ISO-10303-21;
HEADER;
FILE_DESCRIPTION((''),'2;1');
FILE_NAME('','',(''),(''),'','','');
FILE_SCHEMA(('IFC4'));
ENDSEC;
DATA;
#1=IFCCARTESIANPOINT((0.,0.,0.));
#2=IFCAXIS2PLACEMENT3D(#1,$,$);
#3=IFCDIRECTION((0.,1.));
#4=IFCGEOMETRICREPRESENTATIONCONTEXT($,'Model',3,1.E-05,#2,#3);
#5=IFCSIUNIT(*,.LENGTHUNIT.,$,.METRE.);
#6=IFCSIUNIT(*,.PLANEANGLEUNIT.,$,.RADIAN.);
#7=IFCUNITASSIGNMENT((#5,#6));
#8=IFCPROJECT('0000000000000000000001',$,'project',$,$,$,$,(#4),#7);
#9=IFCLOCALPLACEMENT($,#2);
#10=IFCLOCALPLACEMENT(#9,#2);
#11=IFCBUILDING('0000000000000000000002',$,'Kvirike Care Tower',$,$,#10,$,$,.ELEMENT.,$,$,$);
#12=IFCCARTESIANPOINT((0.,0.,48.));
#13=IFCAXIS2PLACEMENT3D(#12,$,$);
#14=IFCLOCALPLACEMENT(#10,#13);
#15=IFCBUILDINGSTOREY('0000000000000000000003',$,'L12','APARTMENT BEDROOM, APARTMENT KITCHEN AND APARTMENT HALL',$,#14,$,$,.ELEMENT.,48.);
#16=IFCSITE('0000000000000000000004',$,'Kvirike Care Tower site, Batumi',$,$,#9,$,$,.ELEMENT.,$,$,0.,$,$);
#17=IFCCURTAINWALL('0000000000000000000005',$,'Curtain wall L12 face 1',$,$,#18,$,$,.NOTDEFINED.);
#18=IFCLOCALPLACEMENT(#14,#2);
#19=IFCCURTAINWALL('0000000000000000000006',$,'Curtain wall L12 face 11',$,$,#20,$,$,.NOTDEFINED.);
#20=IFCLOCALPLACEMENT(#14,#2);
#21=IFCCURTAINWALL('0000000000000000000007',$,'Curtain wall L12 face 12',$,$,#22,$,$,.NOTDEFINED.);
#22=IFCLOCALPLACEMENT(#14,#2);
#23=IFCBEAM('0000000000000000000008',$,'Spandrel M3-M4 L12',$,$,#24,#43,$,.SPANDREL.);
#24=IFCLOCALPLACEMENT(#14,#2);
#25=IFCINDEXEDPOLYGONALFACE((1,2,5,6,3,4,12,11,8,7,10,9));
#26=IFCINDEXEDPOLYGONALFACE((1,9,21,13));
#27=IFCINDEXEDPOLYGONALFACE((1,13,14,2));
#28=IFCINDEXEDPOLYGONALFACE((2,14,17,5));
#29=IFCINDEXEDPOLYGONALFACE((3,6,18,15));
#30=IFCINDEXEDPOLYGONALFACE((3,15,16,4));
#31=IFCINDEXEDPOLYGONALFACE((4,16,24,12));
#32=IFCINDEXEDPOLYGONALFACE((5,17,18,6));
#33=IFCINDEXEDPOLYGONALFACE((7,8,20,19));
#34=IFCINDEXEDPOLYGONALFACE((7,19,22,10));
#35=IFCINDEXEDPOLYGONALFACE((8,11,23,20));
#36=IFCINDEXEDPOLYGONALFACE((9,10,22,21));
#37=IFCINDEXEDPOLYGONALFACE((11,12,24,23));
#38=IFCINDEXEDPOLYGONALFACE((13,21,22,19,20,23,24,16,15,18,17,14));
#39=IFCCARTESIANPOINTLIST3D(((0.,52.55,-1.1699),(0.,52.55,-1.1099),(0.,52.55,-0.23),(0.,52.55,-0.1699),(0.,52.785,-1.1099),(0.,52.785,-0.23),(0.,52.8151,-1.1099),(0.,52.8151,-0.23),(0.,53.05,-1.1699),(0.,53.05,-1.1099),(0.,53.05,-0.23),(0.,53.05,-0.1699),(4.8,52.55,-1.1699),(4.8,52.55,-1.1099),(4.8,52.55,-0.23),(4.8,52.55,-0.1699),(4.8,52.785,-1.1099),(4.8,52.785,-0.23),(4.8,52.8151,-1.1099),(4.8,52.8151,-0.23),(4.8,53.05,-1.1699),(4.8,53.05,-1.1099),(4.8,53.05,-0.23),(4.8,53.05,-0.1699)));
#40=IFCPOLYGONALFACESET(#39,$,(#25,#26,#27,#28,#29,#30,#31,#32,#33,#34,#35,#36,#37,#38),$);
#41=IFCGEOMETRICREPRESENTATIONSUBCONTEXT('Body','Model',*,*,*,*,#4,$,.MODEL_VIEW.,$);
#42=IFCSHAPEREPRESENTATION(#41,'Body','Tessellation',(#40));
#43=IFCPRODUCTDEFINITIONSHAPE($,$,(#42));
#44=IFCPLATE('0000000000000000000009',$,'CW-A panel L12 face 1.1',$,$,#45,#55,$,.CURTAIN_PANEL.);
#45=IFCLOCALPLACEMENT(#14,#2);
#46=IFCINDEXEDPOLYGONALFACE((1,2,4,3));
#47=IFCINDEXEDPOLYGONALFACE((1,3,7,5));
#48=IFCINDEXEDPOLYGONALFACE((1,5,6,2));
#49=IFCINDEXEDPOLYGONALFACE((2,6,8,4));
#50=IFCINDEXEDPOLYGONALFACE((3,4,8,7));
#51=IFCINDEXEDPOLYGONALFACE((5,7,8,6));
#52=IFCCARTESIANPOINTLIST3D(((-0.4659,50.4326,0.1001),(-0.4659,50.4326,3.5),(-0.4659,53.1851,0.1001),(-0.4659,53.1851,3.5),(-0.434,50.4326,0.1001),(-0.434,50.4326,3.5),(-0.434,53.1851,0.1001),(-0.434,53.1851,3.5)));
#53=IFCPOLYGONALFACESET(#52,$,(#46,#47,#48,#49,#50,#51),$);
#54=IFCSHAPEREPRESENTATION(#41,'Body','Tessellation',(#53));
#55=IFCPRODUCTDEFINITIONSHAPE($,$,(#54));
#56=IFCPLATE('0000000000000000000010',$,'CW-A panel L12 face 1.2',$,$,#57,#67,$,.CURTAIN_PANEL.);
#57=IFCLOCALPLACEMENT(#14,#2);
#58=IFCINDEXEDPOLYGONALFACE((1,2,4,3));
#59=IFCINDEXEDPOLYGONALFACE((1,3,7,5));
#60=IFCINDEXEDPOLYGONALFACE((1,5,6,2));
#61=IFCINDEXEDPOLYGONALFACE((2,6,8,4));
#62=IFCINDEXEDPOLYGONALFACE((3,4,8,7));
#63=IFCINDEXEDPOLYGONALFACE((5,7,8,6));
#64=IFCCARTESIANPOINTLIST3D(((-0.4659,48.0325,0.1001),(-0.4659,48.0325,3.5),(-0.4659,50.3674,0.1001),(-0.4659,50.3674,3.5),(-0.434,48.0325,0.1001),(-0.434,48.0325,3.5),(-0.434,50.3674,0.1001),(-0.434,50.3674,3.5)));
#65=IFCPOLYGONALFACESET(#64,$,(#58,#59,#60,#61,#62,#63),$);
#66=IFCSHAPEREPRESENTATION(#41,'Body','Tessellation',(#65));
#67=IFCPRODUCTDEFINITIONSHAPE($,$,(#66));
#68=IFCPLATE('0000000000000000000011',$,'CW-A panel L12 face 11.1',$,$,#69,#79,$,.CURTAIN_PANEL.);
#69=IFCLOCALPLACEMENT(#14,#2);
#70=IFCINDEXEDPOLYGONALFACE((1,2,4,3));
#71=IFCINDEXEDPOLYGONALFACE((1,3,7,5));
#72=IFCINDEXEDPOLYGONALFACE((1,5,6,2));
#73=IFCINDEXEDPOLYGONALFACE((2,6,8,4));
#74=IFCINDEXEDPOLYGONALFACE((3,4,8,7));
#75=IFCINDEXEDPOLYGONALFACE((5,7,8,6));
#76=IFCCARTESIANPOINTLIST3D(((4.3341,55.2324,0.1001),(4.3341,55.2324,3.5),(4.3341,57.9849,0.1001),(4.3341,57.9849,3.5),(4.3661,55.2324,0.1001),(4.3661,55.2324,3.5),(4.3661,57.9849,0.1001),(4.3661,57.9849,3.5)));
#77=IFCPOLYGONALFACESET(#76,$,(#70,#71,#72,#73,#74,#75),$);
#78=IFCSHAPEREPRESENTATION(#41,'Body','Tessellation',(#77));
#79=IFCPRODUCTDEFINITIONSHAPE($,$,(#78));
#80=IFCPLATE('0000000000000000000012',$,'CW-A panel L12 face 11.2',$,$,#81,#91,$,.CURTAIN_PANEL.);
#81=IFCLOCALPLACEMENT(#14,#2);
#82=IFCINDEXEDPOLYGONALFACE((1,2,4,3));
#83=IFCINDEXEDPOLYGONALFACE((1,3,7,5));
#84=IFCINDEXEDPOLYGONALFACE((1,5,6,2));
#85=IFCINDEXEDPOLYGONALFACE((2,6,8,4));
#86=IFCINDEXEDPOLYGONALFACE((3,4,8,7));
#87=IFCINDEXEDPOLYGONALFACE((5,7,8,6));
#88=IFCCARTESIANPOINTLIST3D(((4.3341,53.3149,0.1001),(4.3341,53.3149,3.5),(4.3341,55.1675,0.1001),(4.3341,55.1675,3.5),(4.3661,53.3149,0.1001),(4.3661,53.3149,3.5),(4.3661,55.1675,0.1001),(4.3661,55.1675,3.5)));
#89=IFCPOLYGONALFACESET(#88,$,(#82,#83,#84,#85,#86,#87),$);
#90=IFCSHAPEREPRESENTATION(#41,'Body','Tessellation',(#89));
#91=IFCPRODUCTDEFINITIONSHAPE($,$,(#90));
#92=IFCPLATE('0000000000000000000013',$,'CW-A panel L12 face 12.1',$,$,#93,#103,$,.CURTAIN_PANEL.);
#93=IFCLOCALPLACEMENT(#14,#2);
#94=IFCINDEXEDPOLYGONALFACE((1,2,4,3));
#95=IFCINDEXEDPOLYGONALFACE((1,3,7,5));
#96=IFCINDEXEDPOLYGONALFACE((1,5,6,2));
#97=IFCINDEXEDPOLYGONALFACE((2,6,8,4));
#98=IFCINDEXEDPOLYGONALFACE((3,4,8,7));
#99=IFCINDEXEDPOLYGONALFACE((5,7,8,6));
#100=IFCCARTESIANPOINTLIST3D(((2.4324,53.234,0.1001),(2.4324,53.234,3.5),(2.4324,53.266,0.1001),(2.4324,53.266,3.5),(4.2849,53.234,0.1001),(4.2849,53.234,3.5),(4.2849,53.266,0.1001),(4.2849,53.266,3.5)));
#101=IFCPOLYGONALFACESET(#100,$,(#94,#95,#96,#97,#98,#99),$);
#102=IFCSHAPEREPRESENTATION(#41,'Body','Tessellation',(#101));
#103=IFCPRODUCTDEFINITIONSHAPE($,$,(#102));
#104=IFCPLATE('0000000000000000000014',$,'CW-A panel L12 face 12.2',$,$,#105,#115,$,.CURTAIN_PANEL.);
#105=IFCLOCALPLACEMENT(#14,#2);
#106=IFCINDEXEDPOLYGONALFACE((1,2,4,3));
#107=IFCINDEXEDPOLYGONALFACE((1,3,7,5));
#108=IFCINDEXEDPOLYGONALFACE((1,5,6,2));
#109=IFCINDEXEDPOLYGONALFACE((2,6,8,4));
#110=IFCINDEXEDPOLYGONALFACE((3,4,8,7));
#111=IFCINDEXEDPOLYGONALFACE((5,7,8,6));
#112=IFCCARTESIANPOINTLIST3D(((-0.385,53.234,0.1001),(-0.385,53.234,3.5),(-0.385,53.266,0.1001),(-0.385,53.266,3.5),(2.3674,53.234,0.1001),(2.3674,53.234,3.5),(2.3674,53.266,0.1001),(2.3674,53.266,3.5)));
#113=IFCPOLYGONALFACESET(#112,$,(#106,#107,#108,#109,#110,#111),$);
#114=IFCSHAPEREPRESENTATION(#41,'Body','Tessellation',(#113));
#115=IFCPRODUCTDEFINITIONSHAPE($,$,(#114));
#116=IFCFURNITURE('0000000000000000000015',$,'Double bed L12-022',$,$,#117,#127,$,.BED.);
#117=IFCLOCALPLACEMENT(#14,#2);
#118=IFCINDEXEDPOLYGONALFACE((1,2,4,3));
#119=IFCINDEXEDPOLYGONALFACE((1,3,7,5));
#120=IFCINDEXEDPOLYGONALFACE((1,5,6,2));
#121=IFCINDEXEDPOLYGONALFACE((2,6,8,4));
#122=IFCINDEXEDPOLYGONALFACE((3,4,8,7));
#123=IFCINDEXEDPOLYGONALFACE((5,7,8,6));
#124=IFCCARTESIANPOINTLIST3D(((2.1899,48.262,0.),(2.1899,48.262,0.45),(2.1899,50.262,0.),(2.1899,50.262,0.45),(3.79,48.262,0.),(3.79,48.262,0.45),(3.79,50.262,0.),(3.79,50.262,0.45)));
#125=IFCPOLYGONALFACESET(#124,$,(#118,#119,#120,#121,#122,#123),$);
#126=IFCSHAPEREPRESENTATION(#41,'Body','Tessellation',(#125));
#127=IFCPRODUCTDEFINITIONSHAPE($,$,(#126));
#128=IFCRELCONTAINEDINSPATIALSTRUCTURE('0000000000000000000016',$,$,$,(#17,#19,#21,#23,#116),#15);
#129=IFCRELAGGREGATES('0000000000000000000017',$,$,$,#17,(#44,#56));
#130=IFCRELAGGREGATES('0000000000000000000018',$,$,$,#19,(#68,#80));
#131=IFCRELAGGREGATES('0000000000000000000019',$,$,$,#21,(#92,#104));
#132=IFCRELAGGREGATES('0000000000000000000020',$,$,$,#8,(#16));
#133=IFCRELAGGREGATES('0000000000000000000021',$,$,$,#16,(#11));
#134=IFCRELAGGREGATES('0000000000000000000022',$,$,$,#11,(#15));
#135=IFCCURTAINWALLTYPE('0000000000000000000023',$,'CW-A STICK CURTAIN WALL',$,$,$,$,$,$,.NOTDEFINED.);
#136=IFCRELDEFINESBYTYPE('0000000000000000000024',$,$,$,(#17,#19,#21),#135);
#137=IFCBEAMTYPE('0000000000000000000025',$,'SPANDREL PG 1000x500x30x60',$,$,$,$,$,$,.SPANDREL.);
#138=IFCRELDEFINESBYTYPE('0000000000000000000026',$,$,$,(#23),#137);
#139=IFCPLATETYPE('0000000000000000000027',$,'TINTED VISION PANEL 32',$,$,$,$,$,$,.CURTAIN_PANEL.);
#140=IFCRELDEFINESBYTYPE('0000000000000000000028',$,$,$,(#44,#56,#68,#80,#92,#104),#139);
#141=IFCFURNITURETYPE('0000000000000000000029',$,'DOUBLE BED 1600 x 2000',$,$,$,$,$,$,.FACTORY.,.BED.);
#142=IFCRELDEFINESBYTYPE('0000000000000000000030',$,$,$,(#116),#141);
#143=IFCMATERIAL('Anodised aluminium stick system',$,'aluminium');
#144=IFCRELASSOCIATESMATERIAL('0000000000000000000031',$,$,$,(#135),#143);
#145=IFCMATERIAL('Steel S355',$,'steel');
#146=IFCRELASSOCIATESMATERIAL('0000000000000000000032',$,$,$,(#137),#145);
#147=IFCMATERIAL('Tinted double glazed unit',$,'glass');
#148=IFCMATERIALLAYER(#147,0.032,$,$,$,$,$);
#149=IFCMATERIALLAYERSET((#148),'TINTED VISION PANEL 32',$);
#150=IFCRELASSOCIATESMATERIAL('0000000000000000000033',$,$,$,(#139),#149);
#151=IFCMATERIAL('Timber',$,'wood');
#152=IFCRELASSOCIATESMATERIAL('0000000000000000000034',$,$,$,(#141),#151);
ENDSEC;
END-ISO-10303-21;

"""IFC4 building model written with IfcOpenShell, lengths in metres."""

from ifc_helpers import new_model, si_unit, direction, frame, origin, origin_2d, place, context, subcontext, project, spatial, rectangle, i_section, extrude, material, layer, layer_set, material_profile, profile_set, type_object, element, aggregate, save


model = new_model("IFC4")

# Units and contexts
model_context = context("Model", 3, precision=1e-05, world=origin(), true_north=direction((0.0, 1.0)))
body_context = subcontext(model_context, "Body", "Model", "MODEL_VIEW")
ifc_project = project(units=[si_unit("LENGTHUNIT", "METRE"), si_unit("PLANEANGLEUNIT", "RADIAN")], contexts=[model_context])

# Site, building, storey
site_placement = place(None, origin())
site = spatial("IfcSite", under=ifc_project, at=site_placement, Name="Kvirike Care Tower site, Batumi", CompositionType="ELEMENT", RefElevation=0.0)
building_placement = place(site_placement, origin())
building = spatial("IfcBuilding", under=site, at=building_placement, Name="Kvirike Care Tower", CompositionType="ELEMENT")
storey_placement = place(building_placement, frame((0.0, 0.0, 48.0)))
storey = spatial("IfcBuildingStorey", under=building, at=storey_placement, Name="L12", Description="APARTMENT BEDROOM, APARTMENT KITCHEN AND APARTMENT HALL", CompositionType="ELEMENT", Elevation=48.0)

# Curtain walls
ifc_material_1 = material(Name="Anodised aluminium stick system", Category="aluminium")
curtain_wall_type = type_object("IfcCurtainWallType", Name="CW-A STICK CURTAIN WALL", PredefinedType="NOTDEFINED", material=ifc_material_1)
curtain_wall_1_placement = place(storey_placement, origin())
curtain_wall_1 = element("IfcCurtainWall", 1, at=curtain_wall_1_placement, inside=storey, type_object=curtain_wall_type, Name="Curtain wall L12 face 1", PredefinedType="NOTDEFINED")
curtain_wall_2_placement = place(storey_placement, origin())
curtain_wall_2 = element("IfcCurtainWall", 2, at=curtain_wall_2_placement, inside=storey, type_object=curtain_wall_type, Name="Curtain wall L12 face 11", PredefinedType="NOTDEFINED")
curtain_wall_3_placement = place(storey_placement, origin())
curtain_wall_3 = element("IfcCurtainWall", 3, at=curtain_wall_3_placement, inside=storey, type_object=curtain_wall_type, Name="Curtain wall L12 face 12", PredefinedType="NOTDEFINED")

# Beam
ifc_material_2 = material(Name="Steel S355", Category="steel")
ifc_material_profile_1 = material_profile(ifc_material_2, i_section(OverallWidth=0.5, OverallDepth=1.0, WebThickness=0.03, FlangeThickness=0.0601, at=origin_2d()), Name="PG 1000x500x30x60")
ifc_profile_set_1 = profile_set([ifc_material_profile_1], Name="Steel S355")
beam_type = type_object("IfcBeamType", Name="SPANDREL PG 1000x500x30x60", PredefinedType="SPANDREL", material=ifc_profile_set_1)
beam_placement = place(storey_placement, frame((0.0, 52.8, -0.6699), z_axis=(1.0, 0.0, 0.0), x_axis=(0.0, 1.0, 0.0)))
element("IfcBeam", 4, at=beam_placement, inside=storey, type_object=beam_type, Name="Spandrel M3-M4 L12", PredefinedType="SPANDREL", context=body_context, shape_type="SweptSolid", body=[
    extrude(i_section(OverallWidth=0.5, OverallDepth=1.0, WebThickness=0.03, FlangeThickness=0.0601, at=origin_2d()), origin(), (0.0, 0.0, 1.0), 4.8),
])

# Plates
ifc_material_3 = material(Name="Tinted double glazed unit", Category="glass")
ifc_layer = layer(ifc_material_3, 0.032)
ifc_layer_set = layer_set([ifc_layer], Name="TINTED VISION PANEL 32")
plate_type = type_object("IfcPlateType", Name="TINTED VISION PANEL 32", PredefinedType="CURTAIN_PANEL", material=ifc_layer_set)
plate_1_placement = place(storey_placement, frame((-0.45, 51.8088, 0.1001), z_axis=(0.0, 0.0, 1.0), x_axis=(0.0, -1.0, 0.0)))
plate_1 = element("IfcPlate", 5, at=plate_1_placement, type_object=plate_type, Name="CW-A panel L12 face 1.1", PredefinedType="CURTAIN_PANEL", context=body_context, shape_type="SweptSolid", body=[
    extrude(rectangle(XDim=2.7524, YDim=0.032, at=origin_2d()), origin(), (0.0, 0.0, 1.0), 3.3999),
])
plate_2_placement = place(storey_placement, frame((-0.45, 49.2, 0.1001), z_axis=(0.0, 0.0, 1.0), x_axis=(0.0, -1.0, 0.0)))
plate_2 = element("IfcPlate", 6, at=plate_2_placement, type_object=plate_type, Name="CW-A panel L12 face 1.2", PredefinedType="CURTAIN_PANEL", context=body_context, shape_type="SweptSolid", body=[
    extrude(rectangle(XDim=2.335, YDim=0.032, at=origin_2d()), origin(), (0.0, 0.0, 1.0), 3.3999),
])
aggregate(curtain_wall_1, [plate_1, plate_2])
plate_3_placement = place(storey_placement, frame((4.3501, 56.6086, 0.1001), z_axis=(0.0, 0.0, 1.0), x_axis=(0.0, -1.0, 0.0)))
plate_3 = element("IfcPlate", 7, at=plate_3_placement, type_object=plate_type, Name="CW-A panel L12 face 11.1", PredefinedType="CURTAIN_PANEL", context=body_context, shape_type="SweptSolid", body=[
    extrude(rectangle(XDim=2.7524, YDim=0.032, at=origin_2d()), origin(), (0.0, 0.0, 1.0), 3.3999),
])
plate_4_placement = place(storey_placement, frame((4.3501, 54.2412, 0.1001), z_axis=(0.0, 0.0, 1.0), x_axis=(0.0, -1.0, 0.0)))
plate_4 = element("IfcPlate", 8, at=plate_4_placement, type_object=plate_type, Name="CW-A panel L12 face 11.2", PredefinedType="CURTAIN_PANEL", context=body_context, shape_type="SweptSolid", body=[
    extrude(rectangle(XDim=1.8525, YDim=0.032, at=origin_2d()), origin(), (0.0, 0.0, 1.0), 3.3999),
])
aggregate(curtain_wall_2, [plate_3, plate_4])
plate_5_placement = place(storey_placement, frame((3.3586, 53.25, 0.1001), z_axis=(0.0, 0.0, 1.0), x_axis=(-1.0, 0.0, 0.0)))
plate_5 = element("IfcPlate", 9, at=plate_5_placement, type_object=plate_type, Name="CW-A panel L12 face 12.1", PredefinedType="CURTAIN_PANEL", context=body_context, shape_type="SweptSolid", body=[
    extrude(rectangle(XDim=1.8525, YDim=0.032, at=origin_2d()), origin(), (0.0, 0.0, 1.0), 3.3999),
])
plate_6_placement = place(storey_placement, frame((0.9912, 53.25, 0.1001), z_axis=(0.0, 0.0, 1.0), x_axis=(-1.0, 0.0, 0.0)))
plate_6 = element("IfcPlate", 10, at=plate_6_placement, type_object=plate_type, Name="CW-A panel L12 face 12.2", PredefinedType="CURTAIN_PANEL", context=body_context, shape_type="SweptSolid", body=[
    extrude(rectangle(XDim=2.7524, YDim=0.032, at=origin_2d()), origin(), (0.0, 0.0, 1.0), 3.3999),
])
aggregate(curtain_wall_3, [plate_5, plate_6])

# Furniture
ifc_material_4 = material(Name="Timber", Category="wood")
furniture_type = type_object("IfcFurnitureType", Name="DOUBLE BED 1600 x 2000", AssemblyPlace="FACTORY", PredefinedType="BED", material=ifc_material_4)
furniture_placement = place(storey_placement, frame((2.99, 49.262, 0.0), z_axis=(0.0, 0.0, 1.0), x_axis=(-1.0, 0.0, 0.0)))
element("IfcFurniture", 11, at=furniture_placement, inside=storey, type_object=furniture_type, Name="Double bed L12-022", PredefinedType="BED", context=body_context, shape_type="SweptSolid", body=[
    extrude(rectangle(XDim=1.6001, YDim=2.0, at=origin_2d()), origin(), (0.0, 0.0, 1.0), 0.45),
])

save(model, "model.ifc")
